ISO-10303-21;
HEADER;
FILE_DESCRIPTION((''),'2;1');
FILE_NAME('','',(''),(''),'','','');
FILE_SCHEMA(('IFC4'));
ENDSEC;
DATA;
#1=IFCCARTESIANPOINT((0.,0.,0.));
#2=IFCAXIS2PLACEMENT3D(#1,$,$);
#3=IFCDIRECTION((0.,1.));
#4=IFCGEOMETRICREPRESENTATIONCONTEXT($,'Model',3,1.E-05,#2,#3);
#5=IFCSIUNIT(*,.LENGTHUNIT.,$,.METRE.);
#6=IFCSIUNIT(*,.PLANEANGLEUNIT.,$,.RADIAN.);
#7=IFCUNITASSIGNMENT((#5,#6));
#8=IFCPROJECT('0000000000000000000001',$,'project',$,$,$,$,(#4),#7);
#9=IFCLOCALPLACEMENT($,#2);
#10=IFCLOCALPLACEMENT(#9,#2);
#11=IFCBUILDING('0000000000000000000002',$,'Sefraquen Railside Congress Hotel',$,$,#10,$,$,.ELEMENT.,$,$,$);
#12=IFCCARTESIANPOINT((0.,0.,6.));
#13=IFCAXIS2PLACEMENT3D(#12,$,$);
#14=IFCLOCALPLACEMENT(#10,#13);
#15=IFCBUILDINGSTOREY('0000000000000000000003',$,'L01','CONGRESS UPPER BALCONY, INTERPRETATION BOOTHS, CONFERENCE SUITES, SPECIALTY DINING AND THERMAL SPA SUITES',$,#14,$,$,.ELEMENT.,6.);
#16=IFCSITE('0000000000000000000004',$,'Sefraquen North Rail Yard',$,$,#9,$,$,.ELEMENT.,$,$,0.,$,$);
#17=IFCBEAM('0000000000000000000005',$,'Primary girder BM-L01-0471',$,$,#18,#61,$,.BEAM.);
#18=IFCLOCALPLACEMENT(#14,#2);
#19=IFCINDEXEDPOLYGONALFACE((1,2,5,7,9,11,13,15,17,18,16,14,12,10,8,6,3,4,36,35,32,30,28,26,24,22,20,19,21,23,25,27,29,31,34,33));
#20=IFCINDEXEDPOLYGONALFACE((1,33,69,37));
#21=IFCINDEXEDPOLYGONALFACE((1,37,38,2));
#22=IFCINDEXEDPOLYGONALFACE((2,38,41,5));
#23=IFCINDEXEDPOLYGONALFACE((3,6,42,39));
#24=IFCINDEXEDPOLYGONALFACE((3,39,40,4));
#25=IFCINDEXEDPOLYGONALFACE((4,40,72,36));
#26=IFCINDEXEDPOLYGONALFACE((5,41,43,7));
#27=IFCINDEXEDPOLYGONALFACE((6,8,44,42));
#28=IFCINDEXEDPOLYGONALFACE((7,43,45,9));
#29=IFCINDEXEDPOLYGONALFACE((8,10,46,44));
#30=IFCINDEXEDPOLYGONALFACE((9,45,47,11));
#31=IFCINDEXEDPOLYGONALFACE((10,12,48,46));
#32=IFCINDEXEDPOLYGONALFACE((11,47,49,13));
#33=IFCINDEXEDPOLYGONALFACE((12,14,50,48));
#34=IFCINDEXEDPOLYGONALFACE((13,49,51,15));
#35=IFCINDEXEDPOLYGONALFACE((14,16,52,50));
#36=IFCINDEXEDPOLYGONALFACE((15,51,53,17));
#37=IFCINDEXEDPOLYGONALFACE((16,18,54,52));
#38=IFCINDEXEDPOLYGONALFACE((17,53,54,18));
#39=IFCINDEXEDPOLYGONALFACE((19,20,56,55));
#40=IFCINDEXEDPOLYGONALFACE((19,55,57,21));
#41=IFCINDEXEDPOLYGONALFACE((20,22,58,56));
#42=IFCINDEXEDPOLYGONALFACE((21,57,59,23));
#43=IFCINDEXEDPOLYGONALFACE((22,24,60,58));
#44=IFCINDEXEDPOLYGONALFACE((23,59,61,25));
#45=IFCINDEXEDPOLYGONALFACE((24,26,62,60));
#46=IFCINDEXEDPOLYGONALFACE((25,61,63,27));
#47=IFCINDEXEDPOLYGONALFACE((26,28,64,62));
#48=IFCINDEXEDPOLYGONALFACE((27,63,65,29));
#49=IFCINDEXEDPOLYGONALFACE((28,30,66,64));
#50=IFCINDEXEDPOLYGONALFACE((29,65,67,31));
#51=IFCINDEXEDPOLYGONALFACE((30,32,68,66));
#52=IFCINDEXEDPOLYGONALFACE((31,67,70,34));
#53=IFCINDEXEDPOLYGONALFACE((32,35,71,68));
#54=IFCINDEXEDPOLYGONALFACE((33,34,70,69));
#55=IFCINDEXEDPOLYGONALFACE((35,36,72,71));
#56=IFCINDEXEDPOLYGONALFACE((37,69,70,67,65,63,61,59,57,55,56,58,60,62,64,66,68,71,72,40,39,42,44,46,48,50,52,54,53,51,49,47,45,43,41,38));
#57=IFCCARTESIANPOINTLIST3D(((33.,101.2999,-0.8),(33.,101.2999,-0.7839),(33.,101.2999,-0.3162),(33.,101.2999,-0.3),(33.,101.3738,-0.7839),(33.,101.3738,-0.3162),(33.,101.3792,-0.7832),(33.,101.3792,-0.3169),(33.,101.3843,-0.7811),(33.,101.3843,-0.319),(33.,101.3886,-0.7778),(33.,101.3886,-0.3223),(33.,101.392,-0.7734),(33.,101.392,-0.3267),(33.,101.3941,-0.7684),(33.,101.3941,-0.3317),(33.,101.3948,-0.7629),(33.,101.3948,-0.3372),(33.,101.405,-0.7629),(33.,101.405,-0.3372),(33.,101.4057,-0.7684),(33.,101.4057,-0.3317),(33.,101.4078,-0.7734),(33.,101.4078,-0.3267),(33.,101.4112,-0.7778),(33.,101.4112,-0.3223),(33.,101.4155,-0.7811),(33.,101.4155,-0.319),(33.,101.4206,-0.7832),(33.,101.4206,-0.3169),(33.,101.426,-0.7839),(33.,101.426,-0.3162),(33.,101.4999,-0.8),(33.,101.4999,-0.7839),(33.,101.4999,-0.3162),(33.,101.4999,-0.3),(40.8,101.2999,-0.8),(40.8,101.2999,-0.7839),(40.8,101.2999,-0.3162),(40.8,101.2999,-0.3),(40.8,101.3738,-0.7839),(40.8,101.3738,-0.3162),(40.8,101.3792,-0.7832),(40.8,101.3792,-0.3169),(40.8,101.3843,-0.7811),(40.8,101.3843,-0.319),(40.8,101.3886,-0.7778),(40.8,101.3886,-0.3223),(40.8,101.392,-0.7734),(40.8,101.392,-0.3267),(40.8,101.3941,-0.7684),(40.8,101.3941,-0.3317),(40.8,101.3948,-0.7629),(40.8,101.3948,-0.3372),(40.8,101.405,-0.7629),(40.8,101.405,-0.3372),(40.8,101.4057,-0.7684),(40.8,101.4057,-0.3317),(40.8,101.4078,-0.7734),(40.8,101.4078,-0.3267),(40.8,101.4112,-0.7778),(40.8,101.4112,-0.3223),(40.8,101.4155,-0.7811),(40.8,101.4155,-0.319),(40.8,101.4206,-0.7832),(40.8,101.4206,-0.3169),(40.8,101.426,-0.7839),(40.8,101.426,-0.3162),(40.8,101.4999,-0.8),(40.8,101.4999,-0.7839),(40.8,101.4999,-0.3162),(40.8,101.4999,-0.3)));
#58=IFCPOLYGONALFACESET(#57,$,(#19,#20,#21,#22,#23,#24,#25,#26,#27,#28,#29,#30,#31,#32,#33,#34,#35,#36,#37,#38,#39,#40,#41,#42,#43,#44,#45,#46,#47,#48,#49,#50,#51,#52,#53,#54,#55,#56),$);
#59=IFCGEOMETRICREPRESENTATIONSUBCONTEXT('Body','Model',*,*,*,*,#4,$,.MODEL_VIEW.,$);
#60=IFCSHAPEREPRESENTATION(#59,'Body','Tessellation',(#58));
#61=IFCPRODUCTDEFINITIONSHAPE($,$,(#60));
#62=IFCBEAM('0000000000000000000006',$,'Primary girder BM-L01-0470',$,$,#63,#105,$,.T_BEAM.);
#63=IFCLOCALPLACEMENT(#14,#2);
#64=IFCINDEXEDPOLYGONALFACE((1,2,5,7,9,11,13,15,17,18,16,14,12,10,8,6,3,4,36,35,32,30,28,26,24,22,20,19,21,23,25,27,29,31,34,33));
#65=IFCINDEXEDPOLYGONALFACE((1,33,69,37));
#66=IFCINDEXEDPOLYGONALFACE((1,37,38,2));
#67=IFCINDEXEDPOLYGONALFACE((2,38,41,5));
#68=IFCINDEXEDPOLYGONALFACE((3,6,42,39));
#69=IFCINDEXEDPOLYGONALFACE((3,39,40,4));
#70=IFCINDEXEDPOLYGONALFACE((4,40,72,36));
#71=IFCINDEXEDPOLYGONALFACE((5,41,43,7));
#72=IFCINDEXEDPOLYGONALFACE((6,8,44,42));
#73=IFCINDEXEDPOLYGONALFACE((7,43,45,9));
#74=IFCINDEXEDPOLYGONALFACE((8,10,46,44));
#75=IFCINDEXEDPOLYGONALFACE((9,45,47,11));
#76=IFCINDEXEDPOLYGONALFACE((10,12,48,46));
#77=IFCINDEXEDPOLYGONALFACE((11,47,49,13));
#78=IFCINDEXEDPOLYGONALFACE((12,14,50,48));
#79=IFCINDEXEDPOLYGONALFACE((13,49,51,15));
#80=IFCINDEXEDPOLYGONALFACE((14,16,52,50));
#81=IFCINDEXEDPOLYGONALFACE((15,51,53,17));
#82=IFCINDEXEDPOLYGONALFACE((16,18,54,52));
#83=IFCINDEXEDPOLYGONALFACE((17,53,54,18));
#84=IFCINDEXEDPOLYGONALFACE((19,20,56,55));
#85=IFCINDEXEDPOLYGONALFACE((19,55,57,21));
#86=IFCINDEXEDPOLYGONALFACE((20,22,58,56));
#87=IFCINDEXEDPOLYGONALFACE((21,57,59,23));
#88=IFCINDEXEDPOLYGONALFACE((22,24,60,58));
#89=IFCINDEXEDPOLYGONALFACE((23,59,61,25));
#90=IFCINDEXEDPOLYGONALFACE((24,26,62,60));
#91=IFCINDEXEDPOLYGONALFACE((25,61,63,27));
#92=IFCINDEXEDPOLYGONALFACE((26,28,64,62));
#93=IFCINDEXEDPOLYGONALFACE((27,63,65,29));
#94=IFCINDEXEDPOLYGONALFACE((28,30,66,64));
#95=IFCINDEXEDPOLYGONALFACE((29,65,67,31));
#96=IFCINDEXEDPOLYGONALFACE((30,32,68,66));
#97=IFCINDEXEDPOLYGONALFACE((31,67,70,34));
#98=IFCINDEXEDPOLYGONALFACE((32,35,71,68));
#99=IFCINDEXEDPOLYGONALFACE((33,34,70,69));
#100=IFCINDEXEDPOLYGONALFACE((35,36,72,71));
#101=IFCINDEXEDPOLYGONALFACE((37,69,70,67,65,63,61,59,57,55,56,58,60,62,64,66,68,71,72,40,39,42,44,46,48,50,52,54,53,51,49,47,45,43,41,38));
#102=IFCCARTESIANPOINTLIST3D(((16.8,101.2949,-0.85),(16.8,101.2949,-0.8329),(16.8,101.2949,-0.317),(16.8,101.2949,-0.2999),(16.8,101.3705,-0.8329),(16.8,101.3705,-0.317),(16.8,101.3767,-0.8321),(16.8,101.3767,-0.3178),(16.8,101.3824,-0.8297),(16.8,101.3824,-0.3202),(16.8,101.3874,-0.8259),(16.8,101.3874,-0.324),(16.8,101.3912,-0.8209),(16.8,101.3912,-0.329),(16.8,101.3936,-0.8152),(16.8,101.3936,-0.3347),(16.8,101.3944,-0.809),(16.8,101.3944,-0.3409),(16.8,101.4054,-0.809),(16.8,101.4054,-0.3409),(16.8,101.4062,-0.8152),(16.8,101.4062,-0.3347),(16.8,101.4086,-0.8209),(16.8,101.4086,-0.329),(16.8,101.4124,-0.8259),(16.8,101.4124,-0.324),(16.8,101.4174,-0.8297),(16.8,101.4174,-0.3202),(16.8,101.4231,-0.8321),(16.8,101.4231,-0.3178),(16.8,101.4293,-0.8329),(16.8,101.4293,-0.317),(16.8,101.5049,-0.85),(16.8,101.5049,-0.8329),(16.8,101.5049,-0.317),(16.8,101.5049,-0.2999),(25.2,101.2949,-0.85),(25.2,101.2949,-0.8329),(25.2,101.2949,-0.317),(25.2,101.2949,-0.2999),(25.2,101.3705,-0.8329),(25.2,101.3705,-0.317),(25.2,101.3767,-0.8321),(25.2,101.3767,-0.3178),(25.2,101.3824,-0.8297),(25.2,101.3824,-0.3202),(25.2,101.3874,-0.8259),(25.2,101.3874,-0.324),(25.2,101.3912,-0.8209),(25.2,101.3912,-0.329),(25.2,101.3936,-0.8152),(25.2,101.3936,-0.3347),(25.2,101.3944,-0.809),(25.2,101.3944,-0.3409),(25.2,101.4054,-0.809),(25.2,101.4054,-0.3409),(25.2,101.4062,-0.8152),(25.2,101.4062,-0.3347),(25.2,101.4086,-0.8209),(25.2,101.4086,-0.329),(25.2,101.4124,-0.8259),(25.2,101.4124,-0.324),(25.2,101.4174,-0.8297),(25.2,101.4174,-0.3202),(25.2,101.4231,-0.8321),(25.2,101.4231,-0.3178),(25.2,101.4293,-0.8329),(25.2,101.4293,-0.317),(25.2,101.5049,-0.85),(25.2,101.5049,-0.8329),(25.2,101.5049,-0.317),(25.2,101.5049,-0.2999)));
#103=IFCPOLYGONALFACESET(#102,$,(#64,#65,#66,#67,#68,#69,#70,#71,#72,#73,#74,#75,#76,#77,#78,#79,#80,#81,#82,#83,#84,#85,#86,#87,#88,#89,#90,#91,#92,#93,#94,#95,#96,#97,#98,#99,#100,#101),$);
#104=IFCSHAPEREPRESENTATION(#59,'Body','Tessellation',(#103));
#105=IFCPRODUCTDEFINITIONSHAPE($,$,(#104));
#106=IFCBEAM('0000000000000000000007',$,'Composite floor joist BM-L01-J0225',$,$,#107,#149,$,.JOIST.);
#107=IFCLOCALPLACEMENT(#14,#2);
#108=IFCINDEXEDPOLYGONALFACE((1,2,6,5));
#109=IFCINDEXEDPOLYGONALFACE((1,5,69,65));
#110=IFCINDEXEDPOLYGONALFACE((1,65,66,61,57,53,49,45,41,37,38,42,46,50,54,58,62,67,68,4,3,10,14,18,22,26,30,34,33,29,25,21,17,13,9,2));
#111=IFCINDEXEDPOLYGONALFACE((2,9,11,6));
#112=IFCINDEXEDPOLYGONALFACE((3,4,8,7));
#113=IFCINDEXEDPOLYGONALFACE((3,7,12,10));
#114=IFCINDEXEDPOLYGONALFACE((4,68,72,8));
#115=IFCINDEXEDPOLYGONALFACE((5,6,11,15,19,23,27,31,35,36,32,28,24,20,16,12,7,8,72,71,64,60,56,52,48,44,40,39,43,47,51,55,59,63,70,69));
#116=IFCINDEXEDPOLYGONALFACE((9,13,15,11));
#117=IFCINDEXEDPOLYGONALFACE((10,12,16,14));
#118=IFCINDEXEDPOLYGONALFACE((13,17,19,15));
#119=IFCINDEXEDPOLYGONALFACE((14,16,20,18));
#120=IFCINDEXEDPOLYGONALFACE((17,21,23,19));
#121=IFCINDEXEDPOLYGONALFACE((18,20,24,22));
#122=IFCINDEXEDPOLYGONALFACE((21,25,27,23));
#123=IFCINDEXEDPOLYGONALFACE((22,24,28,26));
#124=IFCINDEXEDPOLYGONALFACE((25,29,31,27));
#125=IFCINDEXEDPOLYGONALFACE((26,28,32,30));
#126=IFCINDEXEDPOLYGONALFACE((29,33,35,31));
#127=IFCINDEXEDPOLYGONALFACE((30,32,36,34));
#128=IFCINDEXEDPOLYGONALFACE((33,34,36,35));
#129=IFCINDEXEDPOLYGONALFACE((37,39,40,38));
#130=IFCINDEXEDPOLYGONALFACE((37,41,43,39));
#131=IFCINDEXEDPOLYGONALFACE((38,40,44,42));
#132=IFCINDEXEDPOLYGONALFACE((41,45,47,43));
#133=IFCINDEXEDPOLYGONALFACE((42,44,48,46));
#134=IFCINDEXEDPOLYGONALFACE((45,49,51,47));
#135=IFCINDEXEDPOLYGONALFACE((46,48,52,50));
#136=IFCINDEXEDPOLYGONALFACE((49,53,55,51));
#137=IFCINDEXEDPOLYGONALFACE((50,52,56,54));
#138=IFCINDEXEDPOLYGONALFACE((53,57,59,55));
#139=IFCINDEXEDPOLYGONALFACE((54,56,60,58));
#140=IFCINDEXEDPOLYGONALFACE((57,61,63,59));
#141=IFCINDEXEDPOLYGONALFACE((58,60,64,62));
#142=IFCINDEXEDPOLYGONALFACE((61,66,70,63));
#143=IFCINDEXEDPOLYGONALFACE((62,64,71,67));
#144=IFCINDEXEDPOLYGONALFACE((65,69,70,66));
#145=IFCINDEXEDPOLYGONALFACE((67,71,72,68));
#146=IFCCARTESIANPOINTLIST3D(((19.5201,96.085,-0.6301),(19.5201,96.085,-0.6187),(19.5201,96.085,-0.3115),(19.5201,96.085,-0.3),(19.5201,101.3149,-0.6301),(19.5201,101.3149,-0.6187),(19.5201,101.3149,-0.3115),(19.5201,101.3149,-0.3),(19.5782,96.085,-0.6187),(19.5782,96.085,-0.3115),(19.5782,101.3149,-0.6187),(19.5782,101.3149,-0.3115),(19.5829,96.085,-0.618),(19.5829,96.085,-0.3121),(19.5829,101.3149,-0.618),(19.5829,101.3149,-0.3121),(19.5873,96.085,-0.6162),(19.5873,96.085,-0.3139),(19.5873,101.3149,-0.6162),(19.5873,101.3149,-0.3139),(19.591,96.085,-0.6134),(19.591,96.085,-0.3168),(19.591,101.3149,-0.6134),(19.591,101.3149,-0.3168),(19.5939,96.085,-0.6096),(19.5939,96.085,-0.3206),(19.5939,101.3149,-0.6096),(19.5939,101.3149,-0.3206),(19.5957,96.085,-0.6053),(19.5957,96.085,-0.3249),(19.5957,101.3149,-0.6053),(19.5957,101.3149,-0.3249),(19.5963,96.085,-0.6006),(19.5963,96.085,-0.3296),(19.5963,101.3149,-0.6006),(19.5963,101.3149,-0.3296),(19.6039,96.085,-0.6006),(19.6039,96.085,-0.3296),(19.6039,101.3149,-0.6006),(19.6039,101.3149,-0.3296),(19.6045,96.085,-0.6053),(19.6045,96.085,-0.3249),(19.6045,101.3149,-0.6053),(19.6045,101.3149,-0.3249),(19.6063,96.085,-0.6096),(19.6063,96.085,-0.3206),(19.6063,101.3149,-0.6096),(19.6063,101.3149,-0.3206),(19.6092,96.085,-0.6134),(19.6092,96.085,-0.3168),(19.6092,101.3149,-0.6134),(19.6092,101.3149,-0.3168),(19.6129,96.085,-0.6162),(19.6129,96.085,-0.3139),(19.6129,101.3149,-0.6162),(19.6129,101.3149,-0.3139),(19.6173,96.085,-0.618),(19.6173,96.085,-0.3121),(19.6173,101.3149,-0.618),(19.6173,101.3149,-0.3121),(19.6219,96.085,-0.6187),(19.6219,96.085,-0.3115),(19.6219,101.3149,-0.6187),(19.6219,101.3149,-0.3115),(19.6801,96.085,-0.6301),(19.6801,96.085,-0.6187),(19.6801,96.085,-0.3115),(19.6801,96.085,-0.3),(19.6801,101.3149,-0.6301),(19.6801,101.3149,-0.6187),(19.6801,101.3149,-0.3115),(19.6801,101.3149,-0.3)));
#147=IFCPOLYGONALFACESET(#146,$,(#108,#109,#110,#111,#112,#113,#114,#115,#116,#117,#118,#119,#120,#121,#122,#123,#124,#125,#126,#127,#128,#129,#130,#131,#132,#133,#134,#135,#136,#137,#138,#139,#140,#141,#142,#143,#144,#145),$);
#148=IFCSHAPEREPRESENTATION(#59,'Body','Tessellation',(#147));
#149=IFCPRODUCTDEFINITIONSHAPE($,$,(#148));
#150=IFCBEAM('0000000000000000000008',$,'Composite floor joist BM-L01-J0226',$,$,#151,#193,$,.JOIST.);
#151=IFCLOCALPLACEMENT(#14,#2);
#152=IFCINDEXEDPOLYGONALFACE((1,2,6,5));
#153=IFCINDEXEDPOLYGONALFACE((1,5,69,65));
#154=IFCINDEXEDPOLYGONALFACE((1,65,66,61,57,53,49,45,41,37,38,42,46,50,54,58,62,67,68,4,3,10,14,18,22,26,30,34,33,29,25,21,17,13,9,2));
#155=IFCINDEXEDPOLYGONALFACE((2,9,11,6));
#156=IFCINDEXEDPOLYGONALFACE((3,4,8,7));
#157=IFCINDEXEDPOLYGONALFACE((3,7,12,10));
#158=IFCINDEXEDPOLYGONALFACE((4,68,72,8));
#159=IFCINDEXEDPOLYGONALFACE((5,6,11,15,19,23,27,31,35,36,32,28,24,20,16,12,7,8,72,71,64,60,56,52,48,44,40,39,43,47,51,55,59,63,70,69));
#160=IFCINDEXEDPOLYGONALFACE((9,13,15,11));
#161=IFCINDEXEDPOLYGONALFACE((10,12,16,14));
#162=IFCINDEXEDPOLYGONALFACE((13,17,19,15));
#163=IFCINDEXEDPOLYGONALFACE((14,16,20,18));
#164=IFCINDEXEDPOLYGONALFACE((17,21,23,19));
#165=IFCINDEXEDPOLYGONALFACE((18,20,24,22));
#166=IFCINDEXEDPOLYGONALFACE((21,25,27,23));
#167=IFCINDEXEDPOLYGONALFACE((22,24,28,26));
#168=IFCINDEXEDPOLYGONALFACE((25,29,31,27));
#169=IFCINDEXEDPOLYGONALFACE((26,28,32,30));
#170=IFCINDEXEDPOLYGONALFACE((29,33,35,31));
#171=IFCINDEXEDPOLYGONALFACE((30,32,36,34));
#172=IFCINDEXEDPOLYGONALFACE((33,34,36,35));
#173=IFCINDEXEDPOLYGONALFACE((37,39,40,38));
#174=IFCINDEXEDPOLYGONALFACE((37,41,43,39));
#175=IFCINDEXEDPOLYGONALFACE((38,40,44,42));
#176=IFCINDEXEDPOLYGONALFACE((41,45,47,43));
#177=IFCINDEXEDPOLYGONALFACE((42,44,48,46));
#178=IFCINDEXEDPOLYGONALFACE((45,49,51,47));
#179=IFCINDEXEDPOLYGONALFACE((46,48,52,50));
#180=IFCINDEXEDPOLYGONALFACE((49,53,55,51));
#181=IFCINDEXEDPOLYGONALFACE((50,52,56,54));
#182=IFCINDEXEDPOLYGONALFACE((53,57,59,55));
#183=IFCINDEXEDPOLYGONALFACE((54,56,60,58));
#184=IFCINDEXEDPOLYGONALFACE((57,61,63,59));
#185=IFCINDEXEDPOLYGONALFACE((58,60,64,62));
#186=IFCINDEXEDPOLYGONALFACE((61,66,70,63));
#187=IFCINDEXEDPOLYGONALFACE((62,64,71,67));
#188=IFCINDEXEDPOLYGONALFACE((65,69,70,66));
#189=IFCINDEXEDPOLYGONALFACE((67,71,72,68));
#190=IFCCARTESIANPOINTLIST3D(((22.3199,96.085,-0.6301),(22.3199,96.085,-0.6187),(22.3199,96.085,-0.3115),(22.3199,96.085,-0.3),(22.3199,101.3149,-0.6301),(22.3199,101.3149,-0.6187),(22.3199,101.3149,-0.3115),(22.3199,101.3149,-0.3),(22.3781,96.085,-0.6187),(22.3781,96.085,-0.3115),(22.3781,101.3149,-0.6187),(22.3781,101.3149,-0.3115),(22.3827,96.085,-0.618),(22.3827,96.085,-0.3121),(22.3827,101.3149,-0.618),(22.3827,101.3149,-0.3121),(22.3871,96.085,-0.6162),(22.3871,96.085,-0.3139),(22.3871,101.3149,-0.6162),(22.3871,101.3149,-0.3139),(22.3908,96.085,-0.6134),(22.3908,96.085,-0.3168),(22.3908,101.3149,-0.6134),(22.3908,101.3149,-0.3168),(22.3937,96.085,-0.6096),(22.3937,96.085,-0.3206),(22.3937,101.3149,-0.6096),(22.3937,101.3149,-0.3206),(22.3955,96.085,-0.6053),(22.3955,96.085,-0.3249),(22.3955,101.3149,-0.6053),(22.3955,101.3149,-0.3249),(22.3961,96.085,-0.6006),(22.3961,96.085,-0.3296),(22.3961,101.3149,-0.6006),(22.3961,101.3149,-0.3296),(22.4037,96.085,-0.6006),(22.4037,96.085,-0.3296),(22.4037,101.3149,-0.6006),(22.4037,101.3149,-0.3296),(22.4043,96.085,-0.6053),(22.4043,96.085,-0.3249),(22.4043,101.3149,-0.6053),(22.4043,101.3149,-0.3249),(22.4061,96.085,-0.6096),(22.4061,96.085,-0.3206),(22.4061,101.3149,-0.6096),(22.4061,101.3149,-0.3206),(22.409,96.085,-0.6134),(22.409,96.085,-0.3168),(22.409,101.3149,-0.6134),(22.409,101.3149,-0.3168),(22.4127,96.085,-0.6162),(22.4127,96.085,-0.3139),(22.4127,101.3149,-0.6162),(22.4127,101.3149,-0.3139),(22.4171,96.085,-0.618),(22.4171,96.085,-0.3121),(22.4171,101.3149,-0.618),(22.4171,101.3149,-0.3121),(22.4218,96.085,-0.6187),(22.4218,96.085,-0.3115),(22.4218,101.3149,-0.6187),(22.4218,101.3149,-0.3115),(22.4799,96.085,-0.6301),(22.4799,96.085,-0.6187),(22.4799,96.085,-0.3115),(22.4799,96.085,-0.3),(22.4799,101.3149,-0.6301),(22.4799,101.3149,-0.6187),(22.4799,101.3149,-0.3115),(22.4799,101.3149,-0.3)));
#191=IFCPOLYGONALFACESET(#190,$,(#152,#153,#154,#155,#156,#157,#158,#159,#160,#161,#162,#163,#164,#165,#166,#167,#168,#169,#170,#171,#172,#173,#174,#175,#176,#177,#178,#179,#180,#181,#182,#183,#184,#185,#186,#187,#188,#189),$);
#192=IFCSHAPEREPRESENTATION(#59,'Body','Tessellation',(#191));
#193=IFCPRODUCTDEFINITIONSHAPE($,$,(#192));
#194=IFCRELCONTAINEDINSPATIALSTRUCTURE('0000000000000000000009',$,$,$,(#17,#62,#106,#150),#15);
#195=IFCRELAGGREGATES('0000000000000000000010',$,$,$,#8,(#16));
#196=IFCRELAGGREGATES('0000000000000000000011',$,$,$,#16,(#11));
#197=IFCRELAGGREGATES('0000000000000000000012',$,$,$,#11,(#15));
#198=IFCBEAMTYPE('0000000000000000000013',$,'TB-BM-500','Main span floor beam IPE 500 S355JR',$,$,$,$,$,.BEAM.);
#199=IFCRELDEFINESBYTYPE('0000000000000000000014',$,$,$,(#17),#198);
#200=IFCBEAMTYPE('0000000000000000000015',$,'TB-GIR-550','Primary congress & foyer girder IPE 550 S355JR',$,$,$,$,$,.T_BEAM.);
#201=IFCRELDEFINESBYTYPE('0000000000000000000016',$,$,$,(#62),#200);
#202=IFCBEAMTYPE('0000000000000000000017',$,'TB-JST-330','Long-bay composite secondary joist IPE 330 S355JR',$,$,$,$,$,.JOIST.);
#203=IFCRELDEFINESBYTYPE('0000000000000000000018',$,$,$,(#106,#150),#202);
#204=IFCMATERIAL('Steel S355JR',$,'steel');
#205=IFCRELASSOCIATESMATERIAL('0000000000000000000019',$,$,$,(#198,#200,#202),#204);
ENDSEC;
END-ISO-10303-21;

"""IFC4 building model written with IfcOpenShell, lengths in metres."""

from ifc_helpers import new_model, si_unit, direction, frame, origin, origin_2d, place, context, subcontext, project, spatial, i_section, extrude, material, material_profile, profile_set, type_object, element, save


model = new_model("IFC4")

# Units and contexts
model_context = context("Model", 3, precision=1e-05, world=origin(), true_north=direction((0.0, 1.0)))
body_context = subcontext(model_context, "Body", "Model", "MODEL_VIEW")
ifc_project = project(units=[si_unit("LENGTHUNIT", "METRE"), si_unit("PLANEANGLEUNIT", "RADIAN")], contexts=[model_context])

# Site, building, storey
site_placement = place(None, origin())
site = spatial("IfcSite", under=ifc_project, at=site_placement, Name="Sefraquen North Rail Yard", CompositionType="ELEMENT", RefElevation=0.0)
building_placement = place(site_placement, origin())
building = spatial("IfcBuilding", under=site, at=building_placement, Name="Sefraquen Railside Congress Hotel", CompositionType="ELEMENT")
storey_placement = place(building_placement, frame((0.0, 0.0, 6.0)))
storey = spatial("IfcBuildingStorey", under=building, at=storey_placement, Name="L01", Description="CONGRESS UPPER BALCONY, INTERPRETATION BOOTHS, CONFERENCE SUITES, SPECIALTY DINING AND THERMAL SPA SUITES", CompositionType="ELEMENT", Elevation=6.0)

# Shared definitions
ifc_material_1 = material(Name="Steel S355JR", Category="steel")

# Beams
ifc_material_profile_1 = material_profile(ifc_material_1, i_section(OverallWidth=0.2, OverallDepth=0.5, WebThickness=0.0103, FlangeThickness=0.0161, FilletRadius=0.021, at=origin_2d()), Name="IPE 500")
ifc_profile_set_1 = profile_set([ifc_material_profile_1], Name="Steel S355JR")
beam_type_1 = type_object("IfcBeamType", Name="TB-BM-500", Description="Main span floor beam IPE 500 S355JR", PredefinedType="BEAM", material=ifc_profile_set_1)
for number, where, z_axis, x_axis, name in (
    (1, (33.0, 101.3999, -0.55), (1.0, 0.0, 0.0), (0.0, 1.0, 0.0), "Primary girder BM-L01-0471"),
):
    element("IfcBeam", number, at=place(storey_placement, frame(where, z_axis=z_axis, x_axis=x_axis)), inside=storey, type_object=beam_type_1, Name=name, PredefinedType="BEAM", context=body_context, shape_type="SweptSolid", body=[
        extrude(i_section(OverallWidth=0.2, OverallDepth=0.5, WebThickness=0.0103, FlangeThickness=0.0161, FilletRadius=0.021, at=origin_2d()), origin(), (0.0, 0.0, 1.0), 7.8),
    ])
ifc_material_profile_2 = material_profile(ifc_material_1, i_section(OverallWidth=0.21, OverallDepth=0.55, WebThickness=0.011, FlangeThickness=0.0171, FilletRadius=0.0239, at=origin_2d()), Name="IPE 550")
ifc_profile_set_2 = profile_set([ifc_material_profile_2], Name="Steel S355JR")
beam_type_2 = type_object("IfcBeamType", Name="TB-GIR-550", Description="Primary congress & foyer girder IPE 550 S355JR", PredefinedType="T_BEAM", material=ifc_profile_set_2)
beam_1_placement = place(storey_placement, frame((16.8, 101.3999, -0.575), z_axis=(1.0, 0.0, 0.0), x_axis=(0.0, 1.0, 0.0)))
element("IfcBeam", 2, at=beam_1_placement, inside=storey, type_object=beam_type_2, Name="Primary girder BM-L01-0470", PredefinedType="T_BEAM", context=body_context, shape_type="SweptSolid", body=[
    extrude(i_section(OverallWidth=0.21, OverallDepth=0.55, WebThickness=0.011, FlangeThickness=0.0171, FilletRadius=0.0239, at=origin_2d()), origin(), (0.0, 0.0, 1.0), 8.3999),
])
ifc_material_profile_3 = material_profile(ifc_material_1, i_section(OverallWidth=0.1599, OverallDepth=0.3301, WebThickness=0.0076, FlangeThickness=0.0115, FilletRadius=0.0181, at=origin_2d()), Name="IPE 330")
ifc_profile_set_3 = profile_set([ifc_material_profile_3], Name="Steel S355JR")
beam_type_3 = type_object("IfcBeamType", Name="TB-JST-330", Description="Long-bay composite secondary joist IPE 330 S355JR", PredefinedType="JOIST", material=ifc_profile_set_3)
for number, where, z_axis, x_axis, name in (
    (3, (19.6001, 96.085, -0.4651), (0.0, 1.0, 0.0), (-1.0, 0.0, 0.0), "Composite floor joist BM-L01-J0225"),
    (4, (22.3999, 96.085, -0.4651), (0.0, 1.0, 0.0), (-1.0, 0.0, 0.0), "Composite floor joist BM-L01-J0226"),
):
    element("IfcBeam", number, at=place(storey_placement, frame(where, z_axis=z_axis, x_axis=x_axis)), inside=storey, type_object=beam_type_3, Name=name, PredefinedType="JOIST", context=body_context, shape_type="SweptSolid", body=[
        extrude(i_section(OverallWidth=0.1599, OverallDepth=0.3301, WebThickness=0.0076, FlangeThickness=0.0115, FilletRadius=0.0181, at=origin_2d()), origin(), (0.0, 0.0, 1.0), 5.23),
    ])

save(model, "model.ifc")
